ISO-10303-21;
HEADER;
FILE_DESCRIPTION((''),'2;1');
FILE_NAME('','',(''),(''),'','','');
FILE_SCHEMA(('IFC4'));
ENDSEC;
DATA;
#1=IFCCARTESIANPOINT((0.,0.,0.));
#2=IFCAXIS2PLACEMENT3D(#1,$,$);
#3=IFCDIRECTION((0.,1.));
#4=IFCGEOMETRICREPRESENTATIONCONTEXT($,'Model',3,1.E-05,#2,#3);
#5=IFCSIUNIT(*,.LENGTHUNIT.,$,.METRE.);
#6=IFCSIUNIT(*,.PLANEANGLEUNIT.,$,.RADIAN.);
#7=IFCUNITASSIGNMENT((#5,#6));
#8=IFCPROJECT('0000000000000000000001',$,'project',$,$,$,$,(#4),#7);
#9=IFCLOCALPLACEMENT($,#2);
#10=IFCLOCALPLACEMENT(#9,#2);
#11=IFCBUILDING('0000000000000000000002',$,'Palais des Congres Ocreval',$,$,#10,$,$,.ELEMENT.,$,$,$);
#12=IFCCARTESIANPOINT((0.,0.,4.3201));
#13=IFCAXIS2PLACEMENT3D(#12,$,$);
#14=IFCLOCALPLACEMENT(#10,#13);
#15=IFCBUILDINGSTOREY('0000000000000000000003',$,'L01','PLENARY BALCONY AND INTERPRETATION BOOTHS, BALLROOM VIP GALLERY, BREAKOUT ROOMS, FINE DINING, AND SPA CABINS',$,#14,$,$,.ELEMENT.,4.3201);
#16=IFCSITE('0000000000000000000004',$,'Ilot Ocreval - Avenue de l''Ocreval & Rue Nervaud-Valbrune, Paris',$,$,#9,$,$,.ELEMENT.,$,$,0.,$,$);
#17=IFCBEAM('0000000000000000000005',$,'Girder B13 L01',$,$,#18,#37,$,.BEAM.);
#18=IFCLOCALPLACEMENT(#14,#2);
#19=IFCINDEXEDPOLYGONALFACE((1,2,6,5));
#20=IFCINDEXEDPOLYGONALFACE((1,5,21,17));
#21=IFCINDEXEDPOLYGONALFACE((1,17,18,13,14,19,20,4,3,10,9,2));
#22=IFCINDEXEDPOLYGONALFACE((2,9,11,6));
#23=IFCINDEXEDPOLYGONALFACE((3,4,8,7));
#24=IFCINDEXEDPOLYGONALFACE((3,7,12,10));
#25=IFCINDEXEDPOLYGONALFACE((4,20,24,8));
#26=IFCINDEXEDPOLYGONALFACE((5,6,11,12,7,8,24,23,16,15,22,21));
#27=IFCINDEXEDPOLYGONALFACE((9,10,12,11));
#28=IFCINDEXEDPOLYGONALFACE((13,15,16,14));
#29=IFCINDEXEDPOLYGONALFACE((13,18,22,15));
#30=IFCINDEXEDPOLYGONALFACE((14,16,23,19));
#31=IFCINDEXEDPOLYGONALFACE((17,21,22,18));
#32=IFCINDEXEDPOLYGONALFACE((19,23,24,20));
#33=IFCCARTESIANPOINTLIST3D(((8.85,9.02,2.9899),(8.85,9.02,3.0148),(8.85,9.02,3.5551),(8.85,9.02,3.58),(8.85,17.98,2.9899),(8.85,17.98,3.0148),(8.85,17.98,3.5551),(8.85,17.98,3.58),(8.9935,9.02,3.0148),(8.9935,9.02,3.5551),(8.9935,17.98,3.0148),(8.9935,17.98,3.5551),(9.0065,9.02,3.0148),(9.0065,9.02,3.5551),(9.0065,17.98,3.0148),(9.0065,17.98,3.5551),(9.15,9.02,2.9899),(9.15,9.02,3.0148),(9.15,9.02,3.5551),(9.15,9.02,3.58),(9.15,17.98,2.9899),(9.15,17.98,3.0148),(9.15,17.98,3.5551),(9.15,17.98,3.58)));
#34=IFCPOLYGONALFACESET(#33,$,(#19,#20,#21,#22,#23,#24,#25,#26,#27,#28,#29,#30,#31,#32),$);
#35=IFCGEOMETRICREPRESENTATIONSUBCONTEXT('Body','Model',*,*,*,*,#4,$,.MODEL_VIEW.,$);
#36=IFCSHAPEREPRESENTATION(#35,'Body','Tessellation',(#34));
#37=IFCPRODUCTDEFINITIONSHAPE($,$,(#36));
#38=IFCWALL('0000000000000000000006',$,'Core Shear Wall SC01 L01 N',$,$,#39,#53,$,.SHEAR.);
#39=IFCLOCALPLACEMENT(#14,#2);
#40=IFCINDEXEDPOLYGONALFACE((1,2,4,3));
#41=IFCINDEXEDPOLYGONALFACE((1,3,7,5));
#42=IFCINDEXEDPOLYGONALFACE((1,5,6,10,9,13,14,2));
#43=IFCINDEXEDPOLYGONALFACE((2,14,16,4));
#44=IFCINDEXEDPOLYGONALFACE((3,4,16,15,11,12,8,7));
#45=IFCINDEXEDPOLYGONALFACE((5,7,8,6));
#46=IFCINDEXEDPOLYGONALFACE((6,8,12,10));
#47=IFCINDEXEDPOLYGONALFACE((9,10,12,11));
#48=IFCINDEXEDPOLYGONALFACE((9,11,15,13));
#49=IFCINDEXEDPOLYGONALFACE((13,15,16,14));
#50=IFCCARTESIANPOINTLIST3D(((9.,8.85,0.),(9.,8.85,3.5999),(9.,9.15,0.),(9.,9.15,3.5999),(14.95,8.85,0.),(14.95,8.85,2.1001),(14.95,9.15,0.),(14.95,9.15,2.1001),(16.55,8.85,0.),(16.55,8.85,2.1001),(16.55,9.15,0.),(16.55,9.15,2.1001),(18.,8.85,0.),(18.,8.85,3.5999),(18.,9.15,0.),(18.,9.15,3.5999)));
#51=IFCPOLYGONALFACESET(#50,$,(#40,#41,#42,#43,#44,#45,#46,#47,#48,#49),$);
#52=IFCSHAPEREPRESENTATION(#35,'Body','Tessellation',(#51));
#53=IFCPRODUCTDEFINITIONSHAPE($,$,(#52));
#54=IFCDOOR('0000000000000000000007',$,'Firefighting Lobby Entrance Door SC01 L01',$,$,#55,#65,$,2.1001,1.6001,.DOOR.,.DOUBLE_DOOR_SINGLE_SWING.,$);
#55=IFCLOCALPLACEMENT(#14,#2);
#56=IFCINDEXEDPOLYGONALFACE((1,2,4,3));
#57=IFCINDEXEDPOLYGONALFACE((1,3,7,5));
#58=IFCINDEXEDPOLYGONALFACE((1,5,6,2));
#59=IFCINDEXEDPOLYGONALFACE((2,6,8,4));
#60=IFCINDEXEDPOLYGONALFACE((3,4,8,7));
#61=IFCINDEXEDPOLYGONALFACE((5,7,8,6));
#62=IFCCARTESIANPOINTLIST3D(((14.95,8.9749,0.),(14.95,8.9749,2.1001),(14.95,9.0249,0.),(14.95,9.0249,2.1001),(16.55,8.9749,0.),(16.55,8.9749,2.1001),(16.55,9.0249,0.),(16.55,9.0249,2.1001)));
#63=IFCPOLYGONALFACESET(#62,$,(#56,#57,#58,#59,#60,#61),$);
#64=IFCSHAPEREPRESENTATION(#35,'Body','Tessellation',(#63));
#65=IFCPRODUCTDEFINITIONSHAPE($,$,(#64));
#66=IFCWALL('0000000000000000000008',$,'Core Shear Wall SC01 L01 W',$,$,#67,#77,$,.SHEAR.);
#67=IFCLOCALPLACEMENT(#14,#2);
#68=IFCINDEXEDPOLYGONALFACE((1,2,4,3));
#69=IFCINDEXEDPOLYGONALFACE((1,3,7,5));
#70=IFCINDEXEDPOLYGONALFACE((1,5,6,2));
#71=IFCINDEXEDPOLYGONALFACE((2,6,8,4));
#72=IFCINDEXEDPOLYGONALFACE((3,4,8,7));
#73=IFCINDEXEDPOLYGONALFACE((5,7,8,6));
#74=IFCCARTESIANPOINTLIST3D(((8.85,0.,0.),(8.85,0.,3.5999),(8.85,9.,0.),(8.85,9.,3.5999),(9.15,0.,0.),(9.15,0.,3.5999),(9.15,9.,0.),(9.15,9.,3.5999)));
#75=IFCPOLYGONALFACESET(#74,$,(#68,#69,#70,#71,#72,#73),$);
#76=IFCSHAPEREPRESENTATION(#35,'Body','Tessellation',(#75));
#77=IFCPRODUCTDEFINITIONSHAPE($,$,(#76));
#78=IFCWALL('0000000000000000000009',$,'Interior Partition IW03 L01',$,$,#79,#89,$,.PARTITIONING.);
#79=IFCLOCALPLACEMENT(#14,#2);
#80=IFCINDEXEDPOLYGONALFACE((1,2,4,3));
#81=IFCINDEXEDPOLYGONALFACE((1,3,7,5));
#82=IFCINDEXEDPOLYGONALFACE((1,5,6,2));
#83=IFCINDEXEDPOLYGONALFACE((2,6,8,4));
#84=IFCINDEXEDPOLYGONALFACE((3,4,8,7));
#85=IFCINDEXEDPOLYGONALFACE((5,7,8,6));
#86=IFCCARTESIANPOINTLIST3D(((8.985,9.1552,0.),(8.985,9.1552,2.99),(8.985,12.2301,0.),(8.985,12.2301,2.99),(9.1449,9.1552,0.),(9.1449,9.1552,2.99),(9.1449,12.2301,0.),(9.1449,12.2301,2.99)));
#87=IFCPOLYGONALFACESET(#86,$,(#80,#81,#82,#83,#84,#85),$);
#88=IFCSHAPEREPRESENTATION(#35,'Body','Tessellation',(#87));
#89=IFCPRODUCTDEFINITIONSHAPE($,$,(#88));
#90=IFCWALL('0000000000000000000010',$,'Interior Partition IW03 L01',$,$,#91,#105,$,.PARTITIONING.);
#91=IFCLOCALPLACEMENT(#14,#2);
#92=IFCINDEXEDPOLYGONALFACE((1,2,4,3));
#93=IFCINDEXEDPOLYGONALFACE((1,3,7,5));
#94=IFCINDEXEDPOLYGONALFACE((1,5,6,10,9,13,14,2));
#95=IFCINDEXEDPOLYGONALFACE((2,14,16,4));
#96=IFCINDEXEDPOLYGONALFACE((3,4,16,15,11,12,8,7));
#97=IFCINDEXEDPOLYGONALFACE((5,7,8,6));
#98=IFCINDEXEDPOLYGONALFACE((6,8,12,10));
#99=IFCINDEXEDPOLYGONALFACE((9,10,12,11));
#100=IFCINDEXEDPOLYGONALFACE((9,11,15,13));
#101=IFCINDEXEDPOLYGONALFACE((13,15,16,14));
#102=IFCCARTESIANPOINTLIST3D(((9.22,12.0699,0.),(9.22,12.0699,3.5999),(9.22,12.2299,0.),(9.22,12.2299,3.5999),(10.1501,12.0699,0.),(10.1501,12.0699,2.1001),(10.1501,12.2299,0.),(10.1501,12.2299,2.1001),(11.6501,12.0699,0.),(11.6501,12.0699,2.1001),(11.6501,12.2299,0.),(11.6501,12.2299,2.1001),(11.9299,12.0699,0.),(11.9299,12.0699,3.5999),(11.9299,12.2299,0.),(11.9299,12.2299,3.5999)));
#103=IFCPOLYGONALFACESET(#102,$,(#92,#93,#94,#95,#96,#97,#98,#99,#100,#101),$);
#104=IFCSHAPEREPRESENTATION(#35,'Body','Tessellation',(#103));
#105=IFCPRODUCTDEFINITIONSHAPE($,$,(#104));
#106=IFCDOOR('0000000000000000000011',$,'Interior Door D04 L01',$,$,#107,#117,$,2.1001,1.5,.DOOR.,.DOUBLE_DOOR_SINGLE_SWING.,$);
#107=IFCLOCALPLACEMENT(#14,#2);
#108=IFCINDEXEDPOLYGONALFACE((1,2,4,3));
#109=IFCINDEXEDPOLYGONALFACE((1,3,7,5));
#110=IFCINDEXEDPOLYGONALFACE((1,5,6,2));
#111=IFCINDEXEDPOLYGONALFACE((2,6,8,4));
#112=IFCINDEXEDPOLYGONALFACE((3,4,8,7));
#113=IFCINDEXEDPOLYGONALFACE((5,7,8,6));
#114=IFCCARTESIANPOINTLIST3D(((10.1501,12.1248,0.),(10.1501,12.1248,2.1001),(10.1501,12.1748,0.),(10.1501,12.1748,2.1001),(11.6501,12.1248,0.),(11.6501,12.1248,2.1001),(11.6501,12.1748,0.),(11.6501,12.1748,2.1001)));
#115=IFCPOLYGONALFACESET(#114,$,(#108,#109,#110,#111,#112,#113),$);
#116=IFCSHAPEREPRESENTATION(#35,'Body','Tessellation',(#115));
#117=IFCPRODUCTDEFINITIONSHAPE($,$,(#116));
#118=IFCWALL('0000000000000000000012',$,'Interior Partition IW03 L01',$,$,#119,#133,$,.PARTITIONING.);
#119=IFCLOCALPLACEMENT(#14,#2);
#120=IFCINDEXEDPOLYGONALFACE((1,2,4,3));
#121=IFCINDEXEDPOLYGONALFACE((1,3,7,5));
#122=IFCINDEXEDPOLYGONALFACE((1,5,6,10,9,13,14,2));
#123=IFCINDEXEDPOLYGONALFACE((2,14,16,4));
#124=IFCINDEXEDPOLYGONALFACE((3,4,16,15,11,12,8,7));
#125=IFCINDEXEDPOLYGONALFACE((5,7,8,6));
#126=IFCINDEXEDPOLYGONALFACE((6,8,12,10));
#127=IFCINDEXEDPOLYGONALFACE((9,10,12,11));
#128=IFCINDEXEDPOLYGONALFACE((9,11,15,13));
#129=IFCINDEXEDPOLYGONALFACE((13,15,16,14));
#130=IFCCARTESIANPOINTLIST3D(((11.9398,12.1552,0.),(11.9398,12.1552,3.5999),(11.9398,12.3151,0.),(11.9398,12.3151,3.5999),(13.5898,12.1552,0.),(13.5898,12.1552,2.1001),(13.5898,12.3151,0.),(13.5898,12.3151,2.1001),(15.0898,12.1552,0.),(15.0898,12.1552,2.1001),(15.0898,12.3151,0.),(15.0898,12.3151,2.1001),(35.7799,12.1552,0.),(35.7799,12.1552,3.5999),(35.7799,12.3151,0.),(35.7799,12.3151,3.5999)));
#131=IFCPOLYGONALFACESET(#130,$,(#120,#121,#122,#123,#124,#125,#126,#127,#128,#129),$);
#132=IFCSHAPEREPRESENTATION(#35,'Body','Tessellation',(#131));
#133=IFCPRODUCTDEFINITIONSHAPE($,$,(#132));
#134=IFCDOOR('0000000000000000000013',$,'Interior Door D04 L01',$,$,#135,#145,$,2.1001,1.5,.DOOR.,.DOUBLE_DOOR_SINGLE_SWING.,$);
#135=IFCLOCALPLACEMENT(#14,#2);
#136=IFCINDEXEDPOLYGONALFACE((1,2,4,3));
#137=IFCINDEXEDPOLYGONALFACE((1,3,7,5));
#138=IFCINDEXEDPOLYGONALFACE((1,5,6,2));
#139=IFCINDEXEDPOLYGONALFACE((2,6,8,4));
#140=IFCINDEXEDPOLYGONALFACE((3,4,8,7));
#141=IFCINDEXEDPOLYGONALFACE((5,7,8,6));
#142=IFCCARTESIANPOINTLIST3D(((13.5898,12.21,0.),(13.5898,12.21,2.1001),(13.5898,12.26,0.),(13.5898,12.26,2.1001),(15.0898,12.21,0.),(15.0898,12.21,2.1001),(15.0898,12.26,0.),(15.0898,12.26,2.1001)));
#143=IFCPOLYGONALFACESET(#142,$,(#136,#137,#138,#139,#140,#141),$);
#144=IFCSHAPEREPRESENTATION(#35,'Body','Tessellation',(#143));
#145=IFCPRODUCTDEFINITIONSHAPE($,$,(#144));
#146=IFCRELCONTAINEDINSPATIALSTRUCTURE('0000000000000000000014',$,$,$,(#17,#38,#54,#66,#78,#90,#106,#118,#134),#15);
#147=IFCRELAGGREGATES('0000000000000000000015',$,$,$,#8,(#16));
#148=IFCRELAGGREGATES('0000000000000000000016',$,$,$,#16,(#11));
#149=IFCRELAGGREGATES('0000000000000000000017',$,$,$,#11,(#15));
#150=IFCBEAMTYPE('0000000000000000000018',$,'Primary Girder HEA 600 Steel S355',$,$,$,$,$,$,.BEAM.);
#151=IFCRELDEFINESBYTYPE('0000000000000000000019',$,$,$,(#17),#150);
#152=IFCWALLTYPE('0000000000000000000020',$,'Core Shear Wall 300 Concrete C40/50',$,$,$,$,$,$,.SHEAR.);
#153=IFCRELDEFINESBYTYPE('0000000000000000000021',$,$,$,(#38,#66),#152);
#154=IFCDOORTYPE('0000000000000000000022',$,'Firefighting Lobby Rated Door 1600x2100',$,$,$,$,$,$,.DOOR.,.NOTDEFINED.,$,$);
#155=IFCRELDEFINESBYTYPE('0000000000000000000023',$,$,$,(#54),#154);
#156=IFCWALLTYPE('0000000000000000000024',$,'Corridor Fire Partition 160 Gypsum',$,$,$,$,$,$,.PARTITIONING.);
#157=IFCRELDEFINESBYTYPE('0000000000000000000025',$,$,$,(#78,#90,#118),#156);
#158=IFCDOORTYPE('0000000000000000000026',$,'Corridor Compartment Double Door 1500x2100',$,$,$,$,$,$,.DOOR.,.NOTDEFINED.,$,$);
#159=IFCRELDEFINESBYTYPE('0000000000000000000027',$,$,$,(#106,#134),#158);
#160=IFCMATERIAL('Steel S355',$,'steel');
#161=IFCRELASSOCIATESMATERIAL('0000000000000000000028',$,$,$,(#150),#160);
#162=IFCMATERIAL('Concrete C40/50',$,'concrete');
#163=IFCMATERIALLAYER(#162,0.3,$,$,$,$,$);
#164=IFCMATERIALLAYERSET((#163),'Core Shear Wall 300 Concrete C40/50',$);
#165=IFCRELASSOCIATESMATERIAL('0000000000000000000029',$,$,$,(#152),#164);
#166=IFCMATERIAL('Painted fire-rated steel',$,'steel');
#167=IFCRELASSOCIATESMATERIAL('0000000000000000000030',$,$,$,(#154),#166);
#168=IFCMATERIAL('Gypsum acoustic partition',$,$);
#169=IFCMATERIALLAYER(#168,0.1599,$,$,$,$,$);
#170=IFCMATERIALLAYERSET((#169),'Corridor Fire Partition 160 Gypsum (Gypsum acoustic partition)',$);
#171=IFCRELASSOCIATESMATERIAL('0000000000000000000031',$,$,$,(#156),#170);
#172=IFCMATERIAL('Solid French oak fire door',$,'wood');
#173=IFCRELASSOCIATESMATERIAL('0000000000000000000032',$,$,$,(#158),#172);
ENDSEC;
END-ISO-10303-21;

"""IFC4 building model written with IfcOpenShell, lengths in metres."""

from ifc_helpers import new_model, si_unit, direction, frame, frame_2d, origin, origin_2d, place, context, subcontext, project, spatial, rectangle, i_section, extrude, material, layer, layer_set, material_profile, profile_set, type_object, element, fill, save


model = new_model("IFC4")

# Units and contexts
model_context = context("Model", 3, precision=1e-05, world=origin(), true_north=direction((0.0, 1.0)))
body_context = subcontext(model_context, "Body", "Model", "MODEL_VIEW")
ifc_project = project(units=[si_unit("LENGTHUNIT", "METRE"), si_unit("PLANEANGLEUNIT", "RADIAN")], contexts=[model_context])

# Site, building, storey
site_placement = place(None, origin())
site = spatial("IfcSite", under=ifc_project, at=site_placement, Name="Ilot Ocreval - Avenue de l'Ocreval & Rue Nervaud-Valbrune, Paris", CompositionType="ELEMENT", RefElevation=0.0)
building_placement = place(site_placement, origin())
building = spatial("IfcBuilding", under=site, at=building_placement, Name="Palais des Congres Ocreval", CompositionType="ELEMENT")
storey_placement = place(building_placement, frame((0.0, 0.0, 4.3201)))
storey = spatial("IfcBuildingStorey", under=building, at=storey_placement, Name="L01", Description="PLENARY BALCONY AND INTERPRETATION BOOTHS, BALLROOM VIP GALLERY, BREAKOUT ROOMS, FINE DINING, AND SPA CABINS", CompositionType="ELEMENT", Elevation=4.3201)

# Shared definitions
ifc_material_1 = material(Name="Concrete C40/50", Category="concrete")

# Beam
ifc_material_2 = material(Name="Steel S355", Category="steel")
ifc_material_profile_1 = material_profile(ifc_material_2, i_section(OverallWidth=0.3, OverallDepth=0.5901, WebThickness=0.0129, FlangeThickness=0.0249, at=origin_2d()), Name="HEA 600")
ifc_profile_set_1 = profile_set([ifc_material_profile_1], Name="Steel S355")
beam_type_1 = type_object("IfcBeamType", Name="Primary Girder HEA 600 Steel S355", PredefinedType="BEAM", material=ifc_profile_set_1)
beam_1_placement = place(storey_placement, frame((9.0, 9.02, 3.2849), z_axis=(0.0, 1.0, 0.0), x_axis=(-1.0, 0.0, 0.0)))
element("IfcBeam", 1, at=beam_1_placement, inside=storey, type_object=beam_type_1, Name="Girder B13 L01", PredefinedType="BEAM", context=body_context, shape_type="SweptSolid", body=[
    extrude(i_section(OverallWidth=0.3, OverallDepth=0.5901, WebThickness=0.0129, FlangeThickness=0.0249, at=origin_2d()), origin(), (0.0, 0.0, 1.0), 8.96),
])

# Wall, opening, door
ifc_layer_1 = layer(ifc_material_1, 0.3)
ifc_layer_set_1 = layer_set([ifc_layer_1], Name="Core Shear Wall 300 Concrete C40/50")
wall_type_1 = type_object("IfcWallType", Name="Core Shear Wall 300 Concrete C40/50", PredefinedType="SHEAR", material=ifc_layer_set_1)
wall_1_placement = place(storey_placement, frame((9.0, 9.0, 0.0), z_axis=(0.0, 0.0, 1.0), x_axis=(1.0, 0.0, 0.0)))
wall_1 = element("IfcWall", 2, at=wall_1_placement, inside=storey, type_object=wall_type_1, Name="Core Shear Wall SC01 L01 N", PredefinedType="SHEAR", context=body_context, shape_type="SweptSolid", body=[
    extrude(rectangle(XDim=9.0, YDim=0.3, at=frame_2d((4.5, 0.0))), origin(), (0.0, 0.0, 1.0), 3.5999),
])
opening_1_placement = place(wall_1_placement, frame((5.95, 0.0, 0.0)))
opening_1 = element("IfcOpeningElement", 3, at=opening_1_placement, cuts=wall_1, PredefinedType="OPENING", context=body_context, shape_type="SweptSolid", body=[
    extrude(rectangle(XDim=1.6001, YDim=2.1001, at=frame_2d((0.8, 1.05))), frame((0.0, 0.1599, 0.0), z_axis=(0.0, -1.0, 0.0), x_axis=(1.0, 0.0, 0.0)), (0.0, 0.0, 1.0), 0.3201),
])
ifc_material_3 = material(Name="Painted fire-rated steel", Category="steel")
door_type_1 = type_object("IfcDoorType", Name="Firefighting Lobby Rated Door 1600x2100", OperationType="NOTDEFINED", PredefinedType="DOOR", material=ifc_material_3)
door_1_placement = place(opening_1_placement, origin())
door_1 = element("IfcDoor", 4, at=door_1_placement, inside=storey, type_object=door_type_1, Name="Firefighting Lobby Entrance Door SC01 L01", OperationType="DOUBLE_DOOR_SINGLE_SWING", OverallHeight=2.1001, OverallWidth=1.6001, PredefinedType="DOOR", context=body_context, shape_type="SweptSolid", body=[
    extrude(rectangle(XDim=1.6001, YDim=2.1001, at=frame_2d((0.8, 1.05))), frame((0.0, 0.0249, 0.0), z_axis=(0.0, -1.0, 0.0), x_axis=(1.0, 0.0, 0.0)), (0.0, 0.0, 1.0), 0.05),
])
fill(opening_1, door_1)

# Walls
wall_2_placement = place(storey_placement, frame((9.0, 0.0, 0.0), z_axis=(0.0, 0.0, 1.0), x_axis=(0.0, 1.0, 0.0)))
element("IfcWall", 5, at=wall_2_placement, inside=storey, type_object=wall_type_1, Name="Core Shear Wall SC01 L01 W", PredefinedType="SHEAR", context=body_context, shape_type="SweptSolid", body=[
    extrude(rectangle(XDim=9.0, YDim=0.3, at=frame_2d((4.5, 0.0))), origin(), (0.0, 0.0, 1.0), 3.5999),
])
ifc_material_4 = material(Name="Gypsum acoustic partition")
ifc_layer_2 = layer(ifc_material_4, 0.1599)
ifc_layer_set_2 = layer_set([ifc_layer_2], Name="Corridor Fire Partition 160 Gypsum (Gypsum acoustic partition)")
wall_type_2 = type_object("IfcWallType", Name="Corridor Fire Partition 160 Gypsum", PredefinedType="PARTITIONING", material=ifc_layer_set_2)
wall_3_placement = place(storey_placement, frame((9.0649, 9.155, 0.0), z_axis=(0.0, 0.0, 1.0), x_axis=(0.0, 1.0, 0.0)))
element("IfcWall", 6, at=wall_3_placement, inside=storey, type_object=wall_type_2, Name="Interior Partition IW03 L01", PredefinedType="PARTITIONING", context=body_context, shape_type="SweptSolid", body=[
    extrude(rectangle(XDim=3.075, YDim=0.1599, at=frame_2d((1.5376, 0.0))), origin(), (0.0, 0.0, 1.0), 2.99),
])

# Walls, openings, doors
wall_4_placement = place(storey_placement, frame((9.22, 12.1499, 0.0), z_axis=(0.0, 0.0, 1.0), x_axis=(1.0, 0.0, 0.0)))
wall_4 = element("IfcWall", 7, at=wall_4_placement, inside=storey, type_object=wall_type_2, Name="Interior Partition IW03 L01", PredefinedType="PARTITIONING", context=body_context, shape_type="SweptSolid", body=[
    extrude(rectangle(XDim=2.71, YDim=0.1599, at=frame_2d((1.355, 0.0))), origin(), (0.0, 0.0, 1.0), 3.5999),
])
opening_2_placement = place(wall_4_placement, frame((0.9302, 0.0, 0.0)))
opening_2 = element("IfcOpeningElement", 8, at=opening_2_placement, cuts=wall_4, PredefinedType="OPENING", context=body_context, shape_type="SweptSolid", body=[
    extrude(rectangle(XDim=1.5, YDim=2.1001, at=frame_2d((0.75, 1.05))), frame((0.0, 0.0898, 0.0), z_axis=(0.0, -1.0, 0.0), x_axis=(1.0, 0.0, 0.0)), (0.0, 0.0, 1.0), 0.1799),
])
ifc_material_5 = material(Name="Solid French oak fire door", Category="wood")
door_type_2 = type_object("IfcDoorType", Name="Corridor Compartment Double Door 1500x2100", OperationType="NOTDEFINED", PredefinedType="DOOR", material=ifc_material_5)
door_2_placement = place(opening_2_placement, origin())
door_2 = element("IfcDoor", 9, at=door_2_placement, inside=storey, type_object=door_type_2, Name="Interior Door D04 L01", OperationType="DOUBLE_DOOR_SINGLE_SWING", OverallHeight=2.1001, OverallWidth=1.5, PredefinedType="DOOR", context=body_context, shape_type="SweptSolid", body=[
    extrude(rectangle(XDim=1.5, YDim=2.1001, at=frame_2d((0.75, 1.05))), frame((0.0, 0.0249, 0.0), z_axis=(0.0, -1.0, 0.0), x_axis=(1.0, 0.0, 0.0)), (0.0, 0.0, 1.0), 0.05),
])
fill(opening_2, door_2)
wall_5_placement = place(storey_placement, frame((11.9399, 12.2351, 0.0), z_axis=(0.0, 0.0, 1.0), x_axis=(1.0, 0.0, 0.0)))
wall_5 = element("IfcWall", 10, at=wall_5_placement, inside=storey, type_object=wall_type_2, Name="Interior Partition IW03 L01", PredefinedType="PARTITIONING", context=body_context, shape_type="SweptSolid", body=[
    extrude(rectangle(XDim=23.8401, YDim=0.1599, at=frame_2d((11.9199, 0.0))), origin(), (0.0, 0.0, 1.0), 3.5999),
])
opening_3_placement = place(wall_5_placement, frame((1.6499, 0.0, 0.0)))
opening_3 = element("IfcOpeningElement", 11, at=opening_3_placement, cuts=wall_5, PredefinedType="OPENING", context=body_context, shape_type="SweptSolid", body=[
    extrude(rectangle(XDim=1.5, YDim=2.1001, at=frame_2d((0.75, 1.05))), frame((0.0, 0.0898, 0.0), z_axis=(0.0, -1.0, 0.0), x_axis=(1.0, 0.0, 0.0)), (0.0, 0.0, 1.0), 0.1799),
])
door_3_placement = place(opening_3_placement, origin())
door_3 = element("IfcDoor", 12, at=door_3_placement, inside=storey, type_object=door_type_2, Name="Interior Door D04 L01", OperationType="DOUBLE_DOOR_SINGLE_SWING", OverallHeight=2.1001, OverallWidth=1.5, PredefinedType="DOOR", context=body_context, shape_type="SweptSolid", body=[
    extrude(rectangle(XDim=1.5, YDim=2.1001, at=frame_2d((0.75, 1.05))), frame((0.0, 0.0249, 0.0), z_axis=(0.0, -1.0, 0.0), x_axis=(1.0, 0.0, 0.0)), (0.0, 0.0, 1.0), 0.05),
])
fill(opening_3, door_3)

save(model, "model.ifc")
